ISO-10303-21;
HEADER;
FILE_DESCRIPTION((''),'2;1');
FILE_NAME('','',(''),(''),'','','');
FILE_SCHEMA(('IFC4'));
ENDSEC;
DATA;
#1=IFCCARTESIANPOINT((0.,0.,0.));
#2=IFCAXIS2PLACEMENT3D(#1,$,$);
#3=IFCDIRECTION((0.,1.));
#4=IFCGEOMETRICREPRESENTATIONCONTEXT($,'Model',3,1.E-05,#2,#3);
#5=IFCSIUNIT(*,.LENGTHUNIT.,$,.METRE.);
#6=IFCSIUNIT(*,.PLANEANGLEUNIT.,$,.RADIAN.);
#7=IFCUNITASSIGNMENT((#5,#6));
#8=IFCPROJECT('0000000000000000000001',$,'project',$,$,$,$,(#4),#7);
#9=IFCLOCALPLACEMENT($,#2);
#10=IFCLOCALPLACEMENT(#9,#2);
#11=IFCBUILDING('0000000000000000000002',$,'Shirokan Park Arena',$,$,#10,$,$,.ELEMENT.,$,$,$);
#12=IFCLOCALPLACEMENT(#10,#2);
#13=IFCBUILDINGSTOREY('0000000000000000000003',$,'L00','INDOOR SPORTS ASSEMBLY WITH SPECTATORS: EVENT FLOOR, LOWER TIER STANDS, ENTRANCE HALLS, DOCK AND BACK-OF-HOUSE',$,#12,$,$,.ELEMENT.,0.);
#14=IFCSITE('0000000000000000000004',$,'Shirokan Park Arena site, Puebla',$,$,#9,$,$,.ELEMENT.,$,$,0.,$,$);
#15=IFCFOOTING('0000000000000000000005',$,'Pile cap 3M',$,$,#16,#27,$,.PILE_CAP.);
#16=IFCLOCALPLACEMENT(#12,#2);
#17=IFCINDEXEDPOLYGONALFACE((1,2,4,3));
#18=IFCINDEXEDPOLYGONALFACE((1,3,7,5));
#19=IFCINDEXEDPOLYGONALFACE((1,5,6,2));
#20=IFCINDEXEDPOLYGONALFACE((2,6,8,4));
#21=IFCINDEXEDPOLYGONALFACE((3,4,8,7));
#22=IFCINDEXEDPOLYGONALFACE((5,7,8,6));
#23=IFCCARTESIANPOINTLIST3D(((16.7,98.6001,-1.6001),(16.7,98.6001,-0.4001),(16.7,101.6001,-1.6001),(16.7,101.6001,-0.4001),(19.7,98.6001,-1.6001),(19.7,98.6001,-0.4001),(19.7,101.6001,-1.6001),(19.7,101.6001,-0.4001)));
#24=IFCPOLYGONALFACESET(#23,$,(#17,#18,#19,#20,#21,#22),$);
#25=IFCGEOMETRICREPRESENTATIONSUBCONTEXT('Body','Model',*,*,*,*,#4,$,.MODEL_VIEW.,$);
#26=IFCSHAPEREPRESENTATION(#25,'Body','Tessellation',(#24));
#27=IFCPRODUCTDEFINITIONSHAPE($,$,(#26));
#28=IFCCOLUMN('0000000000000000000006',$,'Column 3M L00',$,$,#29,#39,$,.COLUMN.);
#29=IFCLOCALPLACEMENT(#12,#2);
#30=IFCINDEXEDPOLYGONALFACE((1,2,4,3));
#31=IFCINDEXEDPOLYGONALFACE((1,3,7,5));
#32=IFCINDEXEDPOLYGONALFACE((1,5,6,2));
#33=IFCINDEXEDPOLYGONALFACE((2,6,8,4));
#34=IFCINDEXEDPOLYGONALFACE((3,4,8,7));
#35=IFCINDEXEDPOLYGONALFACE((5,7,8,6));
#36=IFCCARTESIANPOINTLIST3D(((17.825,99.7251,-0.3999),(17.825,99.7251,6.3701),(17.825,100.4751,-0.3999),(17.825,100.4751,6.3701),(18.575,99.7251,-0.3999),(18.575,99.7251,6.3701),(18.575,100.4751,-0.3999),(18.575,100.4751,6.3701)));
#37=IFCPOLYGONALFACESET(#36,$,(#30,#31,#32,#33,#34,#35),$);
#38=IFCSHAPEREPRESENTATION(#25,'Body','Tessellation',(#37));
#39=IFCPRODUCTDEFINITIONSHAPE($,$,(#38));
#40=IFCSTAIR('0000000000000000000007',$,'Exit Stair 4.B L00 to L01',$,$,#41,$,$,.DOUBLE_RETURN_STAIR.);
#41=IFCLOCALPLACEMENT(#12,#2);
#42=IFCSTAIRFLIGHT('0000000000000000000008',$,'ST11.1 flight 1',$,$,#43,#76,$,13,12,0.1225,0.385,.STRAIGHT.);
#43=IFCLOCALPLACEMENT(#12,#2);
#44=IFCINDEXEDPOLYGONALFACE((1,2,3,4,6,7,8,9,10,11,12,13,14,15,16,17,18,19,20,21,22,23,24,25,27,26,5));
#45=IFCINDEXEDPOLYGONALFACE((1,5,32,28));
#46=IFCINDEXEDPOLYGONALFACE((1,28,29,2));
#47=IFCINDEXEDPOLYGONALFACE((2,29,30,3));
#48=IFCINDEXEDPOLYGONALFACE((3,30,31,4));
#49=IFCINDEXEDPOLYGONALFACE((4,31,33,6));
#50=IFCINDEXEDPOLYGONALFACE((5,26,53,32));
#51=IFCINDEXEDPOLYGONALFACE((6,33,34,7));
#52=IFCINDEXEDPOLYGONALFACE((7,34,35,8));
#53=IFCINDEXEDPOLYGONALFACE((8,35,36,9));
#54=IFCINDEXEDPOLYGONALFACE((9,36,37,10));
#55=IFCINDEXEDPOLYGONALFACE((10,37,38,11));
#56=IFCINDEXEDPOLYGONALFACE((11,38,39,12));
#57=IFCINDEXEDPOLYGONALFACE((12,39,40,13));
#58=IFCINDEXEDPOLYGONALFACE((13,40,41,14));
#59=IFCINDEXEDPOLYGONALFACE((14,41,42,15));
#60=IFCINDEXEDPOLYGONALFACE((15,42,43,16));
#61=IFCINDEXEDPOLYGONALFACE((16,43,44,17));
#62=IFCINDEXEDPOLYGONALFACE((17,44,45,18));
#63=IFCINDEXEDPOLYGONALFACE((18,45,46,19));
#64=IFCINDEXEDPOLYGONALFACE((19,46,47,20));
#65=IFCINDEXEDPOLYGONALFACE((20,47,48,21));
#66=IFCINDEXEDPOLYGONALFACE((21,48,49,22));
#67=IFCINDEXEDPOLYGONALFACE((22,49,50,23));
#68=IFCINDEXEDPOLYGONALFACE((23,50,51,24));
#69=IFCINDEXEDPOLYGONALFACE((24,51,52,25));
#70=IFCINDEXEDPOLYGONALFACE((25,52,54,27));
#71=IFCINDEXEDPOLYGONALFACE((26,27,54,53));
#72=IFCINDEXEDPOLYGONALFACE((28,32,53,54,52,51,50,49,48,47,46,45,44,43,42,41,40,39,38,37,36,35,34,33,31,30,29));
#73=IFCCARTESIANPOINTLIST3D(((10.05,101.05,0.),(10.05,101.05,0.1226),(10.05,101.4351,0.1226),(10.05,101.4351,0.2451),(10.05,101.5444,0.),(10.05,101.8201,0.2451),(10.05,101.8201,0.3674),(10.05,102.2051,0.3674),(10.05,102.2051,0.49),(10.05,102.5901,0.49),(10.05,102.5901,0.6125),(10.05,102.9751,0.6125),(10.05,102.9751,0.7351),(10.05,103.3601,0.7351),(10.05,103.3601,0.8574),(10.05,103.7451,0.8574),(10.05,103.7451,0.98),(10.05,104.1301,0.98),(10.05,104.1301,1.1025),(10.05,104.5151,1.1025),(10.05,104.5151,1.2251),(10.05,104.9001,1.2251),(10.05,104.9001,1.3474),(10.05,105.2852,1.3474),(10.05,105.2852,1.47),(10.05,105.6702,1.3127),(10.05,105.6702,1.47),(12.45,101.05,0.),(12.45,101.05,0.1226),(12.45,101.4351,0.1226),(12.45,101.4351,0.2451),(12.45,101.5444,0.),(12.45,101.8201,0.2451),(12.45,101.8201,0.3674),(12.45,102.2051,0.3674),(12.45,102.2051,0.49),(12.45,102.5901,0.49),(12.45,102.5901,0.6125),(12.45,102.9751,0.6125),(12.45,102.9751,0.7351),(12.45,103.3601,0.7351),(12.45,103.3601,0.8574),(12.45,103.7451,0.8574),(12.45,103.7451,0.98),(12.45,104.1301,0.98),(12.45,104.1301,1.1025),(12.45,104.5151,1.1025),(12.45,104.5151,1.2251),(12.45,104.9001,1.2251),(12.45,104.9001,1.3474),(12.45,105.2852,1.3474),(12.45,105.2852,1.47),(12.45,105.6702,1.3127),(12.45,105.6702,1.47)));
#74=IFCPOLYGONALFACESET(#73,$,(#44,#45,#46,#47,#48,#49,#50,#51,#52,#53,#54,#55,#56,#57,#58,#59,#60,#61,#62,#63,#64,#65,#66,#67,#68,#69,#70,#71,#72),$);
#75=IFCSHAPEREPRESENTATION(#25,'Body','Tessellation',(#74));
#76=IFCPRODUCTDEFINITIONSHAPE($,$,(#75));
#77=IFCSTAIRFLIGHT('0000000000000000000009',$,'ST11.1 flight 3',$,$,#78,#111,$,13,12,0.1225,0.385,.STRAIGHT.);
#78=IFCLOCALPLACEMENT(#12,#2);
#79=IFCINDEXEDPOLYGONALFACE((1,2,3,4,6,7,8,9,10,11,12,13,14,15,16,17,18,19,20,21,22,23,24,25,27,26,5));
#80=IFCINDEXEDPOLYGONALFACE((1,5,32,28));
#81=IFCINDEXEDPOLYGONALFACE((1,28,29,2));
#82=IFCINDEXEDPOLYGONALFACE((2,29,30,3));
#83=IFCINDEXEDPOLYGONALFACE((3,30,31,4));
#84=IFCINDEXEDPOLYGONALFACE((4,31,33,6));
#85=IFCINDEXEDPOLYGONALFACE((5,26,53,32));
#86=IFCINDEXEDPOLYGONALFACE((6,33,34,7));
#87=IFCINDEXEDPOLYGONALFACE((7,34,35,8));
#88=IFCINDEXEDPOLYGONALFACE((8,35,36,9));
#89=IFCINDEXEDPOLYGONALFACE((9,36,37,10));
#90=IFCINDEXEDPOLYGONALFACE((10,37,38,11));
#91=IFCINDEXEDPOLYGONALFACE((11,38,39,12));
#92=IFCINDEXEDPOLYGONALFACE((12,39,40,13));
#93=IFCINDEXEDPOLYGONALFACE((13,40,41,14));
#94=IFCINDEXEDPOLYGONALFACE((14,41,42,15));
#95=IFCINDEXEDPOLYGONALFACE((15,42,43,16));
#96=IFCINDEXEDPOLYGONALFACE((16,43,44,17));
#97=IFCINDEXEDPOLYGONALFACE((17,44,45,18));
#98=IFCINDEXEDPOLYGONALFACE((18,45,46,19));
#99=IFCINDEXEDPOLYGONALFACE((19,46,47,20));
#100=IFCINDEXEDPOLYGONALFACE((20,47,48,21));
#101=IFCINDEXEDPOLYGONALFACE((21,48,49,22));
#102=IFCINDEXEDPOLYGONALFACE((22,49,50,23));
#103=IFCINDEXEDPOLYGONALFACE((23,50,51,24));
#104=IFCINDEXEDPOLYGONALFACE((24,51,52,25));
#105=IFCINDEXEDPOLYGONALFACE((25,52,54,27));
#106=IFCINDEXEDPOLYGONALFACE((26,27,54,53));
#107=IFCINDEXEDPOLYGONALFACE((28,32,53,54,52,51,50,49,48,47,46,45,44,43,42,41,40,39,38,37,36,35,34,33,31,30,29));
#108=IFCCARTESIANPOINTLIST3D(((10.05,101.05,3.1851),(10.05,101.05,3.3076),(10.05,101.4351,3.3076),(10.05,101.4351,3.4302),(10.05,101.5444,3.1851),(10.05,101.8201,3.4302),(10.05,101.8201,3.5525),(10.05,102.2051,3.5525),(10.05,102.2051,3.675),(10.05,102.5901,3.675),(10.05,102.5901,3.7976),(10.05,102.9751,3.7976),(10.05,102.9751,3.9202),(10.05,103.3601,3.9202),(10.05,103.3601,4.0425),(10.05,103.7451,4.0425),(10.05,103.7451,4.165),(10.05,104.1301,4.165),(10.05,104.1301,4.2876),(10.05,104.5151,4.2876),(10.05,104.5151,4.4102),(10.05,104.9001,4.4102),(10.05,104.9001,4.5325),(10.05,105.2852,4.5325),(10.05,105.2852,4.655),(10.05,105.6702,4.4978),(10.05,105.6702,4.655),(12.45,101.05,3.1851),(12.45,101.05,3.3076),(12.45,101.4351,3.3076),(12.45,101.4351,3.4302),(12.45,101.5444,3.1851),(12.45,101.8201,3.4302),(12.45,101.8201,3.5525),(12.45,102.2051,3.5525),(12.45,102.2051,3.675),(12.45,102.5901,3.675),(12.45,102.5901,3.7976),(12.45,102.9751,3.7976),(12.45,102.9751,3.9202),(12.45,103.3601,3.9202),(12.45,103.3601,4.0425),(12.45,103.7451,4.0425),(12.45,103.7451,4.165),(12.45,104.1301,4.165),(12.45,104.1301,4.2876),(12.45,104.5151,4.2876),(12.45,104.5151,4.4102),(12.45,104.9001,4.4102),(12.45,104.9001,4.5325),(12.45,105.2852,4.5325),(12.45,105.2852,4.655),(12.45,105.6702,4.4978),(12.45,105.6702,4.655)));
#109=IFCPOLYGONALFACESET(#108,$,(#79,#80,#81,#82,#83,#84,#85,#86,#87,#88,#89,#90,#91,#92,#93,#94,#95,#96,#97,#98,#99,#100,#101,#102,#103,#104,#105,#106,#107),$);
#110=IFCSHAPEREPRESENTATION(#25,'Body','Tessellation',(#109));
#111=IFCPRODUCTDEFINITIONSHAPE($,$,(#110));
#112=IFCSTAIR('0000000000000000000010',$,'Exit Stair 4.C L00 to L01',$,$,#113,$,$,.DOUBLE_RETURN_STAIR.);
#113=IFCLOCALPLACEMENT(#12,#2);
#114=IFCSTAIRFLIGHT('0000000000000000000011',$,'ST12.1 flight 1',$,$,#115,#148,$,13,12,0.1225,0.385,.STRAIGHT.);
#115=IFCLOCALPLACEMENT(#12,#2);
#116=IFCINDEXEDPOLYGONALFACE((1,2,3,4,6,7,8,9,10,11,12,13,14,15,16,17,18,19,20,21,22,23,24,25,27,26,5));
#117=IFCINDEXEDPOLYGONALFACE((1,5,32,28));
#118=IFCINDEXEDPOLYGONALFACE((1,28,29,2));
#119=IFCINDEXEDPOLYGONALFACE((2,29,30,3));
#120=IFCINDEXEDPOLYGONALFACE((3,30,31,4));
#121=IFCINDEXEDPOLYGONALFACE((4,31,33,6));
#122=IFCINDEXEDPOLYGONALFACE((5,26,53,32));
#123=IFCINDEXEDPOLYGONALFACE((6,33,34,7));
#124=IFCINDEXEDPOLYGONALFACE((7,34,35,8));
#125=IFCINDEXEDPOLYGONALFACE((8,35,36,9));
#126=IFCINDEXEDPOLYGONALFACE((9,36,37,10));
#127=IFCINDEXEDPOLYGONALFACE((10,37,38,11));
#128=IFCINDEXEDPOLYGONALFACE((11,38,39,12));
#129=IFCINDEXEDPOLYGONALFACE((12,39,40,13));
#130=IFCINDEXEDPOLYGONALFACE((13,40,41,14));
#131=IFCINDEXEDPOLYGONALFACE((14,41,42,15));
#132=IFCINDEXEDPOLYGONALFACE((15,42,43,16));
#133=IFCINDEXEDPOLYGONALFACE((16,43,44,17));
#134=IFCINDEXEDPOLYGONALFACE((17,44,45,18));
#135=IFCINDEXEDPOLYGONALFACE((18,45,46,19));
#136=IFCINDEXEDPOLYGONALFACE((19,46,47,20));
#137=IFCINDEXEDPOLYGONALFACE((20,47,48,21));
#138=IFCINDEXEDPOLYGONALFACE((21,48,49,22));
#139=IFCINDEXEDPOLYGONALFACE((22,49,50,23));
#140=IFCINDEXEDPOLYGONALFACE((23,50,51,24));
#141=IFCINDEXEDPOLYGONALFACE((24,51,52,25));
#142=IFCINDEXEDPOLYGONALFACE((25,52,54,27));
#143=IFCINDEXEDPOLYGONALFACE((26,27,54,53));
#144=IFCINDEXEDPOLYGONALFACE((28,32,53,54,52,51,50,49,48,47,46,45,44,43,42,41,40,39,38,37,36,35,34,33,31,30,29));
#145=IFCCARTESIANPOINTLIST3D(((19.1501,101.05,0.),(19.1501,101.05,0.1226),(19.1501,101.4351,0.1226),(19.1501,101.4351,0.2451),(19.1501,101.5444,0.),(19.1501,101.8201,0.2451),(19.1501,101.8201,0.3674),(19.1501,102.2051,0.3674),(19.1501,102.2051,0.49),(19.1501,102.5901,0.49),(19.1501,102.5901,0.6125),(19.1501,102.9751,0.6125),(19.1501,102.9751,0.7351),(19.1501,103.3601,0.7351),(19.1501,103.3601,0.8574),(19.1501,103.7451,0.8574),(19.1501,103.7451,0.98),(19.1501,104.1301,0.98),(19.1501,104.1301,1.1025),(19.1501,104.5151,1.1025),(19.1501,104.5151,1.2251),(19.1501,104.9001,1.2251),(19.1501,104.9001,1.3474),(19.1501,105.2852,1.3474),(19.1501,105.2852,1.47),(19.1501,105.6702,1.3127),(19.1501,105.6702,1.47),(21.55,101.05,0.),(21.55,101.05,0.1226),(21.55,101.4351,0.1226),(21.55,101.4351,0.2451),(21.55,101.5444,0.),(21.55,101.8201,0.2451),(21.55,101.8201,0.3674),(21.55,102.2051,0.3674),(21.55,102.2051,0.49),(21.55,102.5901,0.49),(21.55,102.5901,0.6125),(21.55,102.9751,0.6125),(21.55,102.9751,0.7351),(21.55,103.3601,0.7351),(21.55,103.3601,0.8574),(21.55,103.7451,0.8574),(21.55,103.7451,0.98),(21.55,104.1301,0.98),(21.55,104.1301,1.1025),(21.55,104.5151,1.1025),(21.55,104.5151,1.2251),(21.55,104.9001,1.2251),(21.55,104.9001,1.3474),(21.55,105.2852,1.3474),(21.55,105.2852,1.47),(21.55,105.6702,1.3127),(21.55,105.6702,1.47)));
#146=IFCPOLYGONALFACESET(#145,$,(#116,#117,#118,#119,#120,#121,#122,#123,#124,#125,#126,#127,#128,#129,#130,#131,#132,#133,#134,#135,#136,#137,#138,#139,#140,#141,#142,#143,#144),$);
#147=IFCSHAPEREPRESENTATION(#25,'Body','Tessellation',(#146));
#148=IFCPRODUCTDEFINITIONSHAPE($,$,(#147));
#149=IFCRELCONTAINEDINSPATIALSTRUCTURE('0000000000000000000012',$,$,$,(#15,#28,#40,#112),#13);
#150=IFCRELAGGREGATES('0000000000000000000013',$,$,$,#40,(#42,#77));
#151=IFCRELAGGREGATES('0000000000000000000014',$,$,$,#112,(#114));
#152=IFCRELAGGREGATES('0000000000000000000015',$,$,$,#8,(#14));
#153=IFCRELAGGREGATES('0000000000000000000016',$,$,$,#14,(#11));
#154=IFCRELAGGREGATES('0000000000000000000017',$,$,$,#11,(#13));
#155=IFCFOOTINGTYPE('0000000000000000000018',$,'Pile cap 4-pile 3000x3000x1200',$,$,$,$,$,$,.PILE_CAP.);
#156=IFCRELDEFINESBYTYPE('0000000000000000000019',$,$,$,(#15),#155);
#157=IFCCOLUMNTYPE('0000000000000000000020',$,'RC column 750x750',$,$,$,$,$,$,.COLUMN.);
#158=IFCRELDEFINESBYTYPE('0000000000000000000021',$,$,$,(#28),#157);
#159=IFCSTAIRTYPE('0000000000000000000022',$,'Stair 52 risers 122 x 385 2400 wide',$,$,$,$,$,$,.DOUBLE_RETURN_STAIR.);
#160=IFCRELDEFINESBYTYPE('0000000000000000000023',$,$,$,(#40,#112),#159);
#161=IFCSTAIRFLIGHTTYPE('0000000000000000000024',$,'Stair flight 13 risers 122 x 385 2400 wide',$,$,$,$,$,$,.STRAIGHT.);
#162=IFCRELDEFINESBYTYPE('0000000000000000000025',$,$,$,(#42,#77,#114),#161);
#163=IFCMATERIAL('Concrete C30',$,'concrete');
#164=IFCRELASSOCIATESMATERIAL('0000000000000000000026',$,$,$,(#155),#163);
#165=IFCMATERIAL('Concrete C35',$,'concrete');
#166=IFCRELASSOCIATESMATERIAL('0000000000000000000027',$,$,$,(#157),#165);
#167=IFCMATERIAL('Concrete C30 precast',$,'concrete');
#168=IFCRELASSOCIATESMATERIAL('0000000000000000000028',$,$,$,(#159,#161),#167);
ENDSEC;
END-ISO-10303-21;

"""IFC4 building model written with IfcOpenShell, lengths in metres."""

from ifc_helpers import new_model, si_unit, direction, frame, origin, origin_2d, place, context, subcontext, project, spatial, polyline, rectangle, outline, extrude, material, material_profile, profile_set, type_object, element, aggregate, save


model = new_model("IFC4")

# Units and contexts
model_context = context("Model", 3, precision=1e-05, world=origin(), true_north=direction((0.0, 1.0)))
body_context = subcontext(model_context, "Body", "Model", "MODEL_VIEW")
ifc_project = project(units=[si_unit("LENGTHUNIT", "METRE"), si_unit("PLANEANGLEUNIT", "RADIAN")], contexts=[model_context])

# Site, building, storey
site_placement = place(None, origin())
site = spatial("IfcSite", under=ifc_project, at=site_placement, Name="Shirokan Park Arena site, Puebla", CompositionType="ELEMENT", RefElevation=0.0)
building_placement = place(site_placement, origin())
building = spatial("IfcBuilding", under=site, at=building_placement, Name="Shirokan Park Arena", CompositionType="ELEMENT")
storey_placement = place(building_placement, origin())
storey = spatial("IfcBuildingStorey", under=building, at=storey_placement, Name="L00", Description="INDOOR SPORTS ASSEMBLY WITH SPECTATORS: EVENT FLOOR, LOWER TIER STANDS, ENTRANCE HALLS, DOCK AND BACK-OF-HOUSE", CompositionType="ELEMENT", Elevation=0.0)

# Shared definitions
ifc_material_1 = material(Name="Concrete C30", Category="concrete")

# Footing
footing_type = type_object("IfcFootingType", Name="Pile cap 4-pile 3000x3000x1200", PredefinedType="PILE_CAP", material=ifc_material_1)
footing_placement = place(storey_placement, frame((18.2, 100.1001, -1.6001), z_axis=(0.0, 0.0, 1.0), x_axis=(1.0, 0.0, 0.0)))
element("IfcFooting", 1, at=footing_placement, inside=storey, type_object=footing_type, Name="Pile cap 3M", PredefinedType="PILE_CAP", context=body_context, shape_type="SweptSolid", body=[
    extrude(rectangle(XDim=3.0, YDim=3.0, at=origin_2d()), origin(), (0.0, 0.0, 1.0), 1.2),
])

# Column
ifc_material_2 = material(Name="Concrete C35", Category="concrete")
ifc_material_profile_1 = material_profile(ifc_material_2, rectangle(XDim=0.75, YDim=0.75, at=origin_2d()), Name="750x750")
ifc_profile_set_1 = profile_set([ifc_material_profile_1], Name="Concrete C35")
column_type = type_object("IfcColumnType", Name="RC column 750x750", PredefinedType="COLUMN", material=ifc_profile_set_1)
column_placement = place(storey_placement, frame((18.2, 100.1001, -0.3999), z_axis=(0.0, 0.0, 1.0), x_axis=(1.0, 0.0, 0.0)))
element("IfcColumn", 2, at=column_placement, inside=storey, type_object=column_type, Name="Column 3M L00", PredefinedType="COLUMN", context=body_context, shape_type="SweptSolid", body=[
    extrude(rectangle(XDim=0.75, YDim=0.75, at=origin_2d()), origin(), (0.0, 0.0, 1.0), 6.77),
])

# Stairs, stair flights
ifc_material_3 = material(Name="Concrete C30 precast", Category="concrete")
stair_type = type_object("IfcStairType", Name="Stair 52 risers 122 x 385 2400 wide", PredefinedType="DOUBLE_RETURN_STAIR", material=ifc_material_3)
stair_1_placement = place(storey_placement, origin())
stair_1 = element("IfcStair", 3, at=stair_1_placement, inside=storey, type_object=stair_type, Name="Exit Stair 4.B L00 to L01", PredefinedType="DOUBLE_RETURN_STAIR")
stair_flight_type = type_object("IfcStairFlightType", Name="Stair flight 13 risers 122 x 385 2400 wide", PredefinedType="STRAIGHT", material=ifc_material_3)
stair_flight_1_placement = place(storey_placement, frame((11.25, 101.05, 0.0), z_axis=(0.0, 0.0, 1.0), x_axis=(0.0, 1.0, 0.0)))
stair_flight_1 = element("IfcStairFlight", 4, at=stair_flight_1_placement, type_object=stair_flight_type, Name="ST11.1 flight 1", NumberOfRisers=13, NumberOfTreads=12, PredefinedType="STRAIGHT", RiserHeight=0.1225, TreadLength=0.385, context=body_context, shape_type="SweptSolid", body=[
    extrude(outline(polyline([(0.0, 0.0), (0.0, 0.1226), (0.385, 0.1226), (0.385, 0.2451), (0.77, 0.2451), (0.77, 0.3674), (1.155, 0.3674), (1.155, 0.49), (1.54, 0.49), (1.54, 0.6125), (1.925, 0.6125), (1.925, 0.7351), (2.3101, 0.7351), (2.3101, 0.8574), (2.6951, 0.8574), (2.6951, 0.98), (3.0801, 0.98), (3.0801, 1.1025), (3.4651, 1.1025), (3.4651, 1.2251), (3.8501, 1.2251), (3.8501, 1.3474), (4.2351, 1.3474), (4.2351, 1.47), (4.6201, 1.47), (4.6201, 1.5925), (4.6201, 1.3127), (0.4944, 0.0), (0.0, 0.0)])), frame((0.0, 1.2, 0.0), z_axis=(0.0, -1.0, 0.0), x_axis=(1.0, 0.0, 0.0)), (0.0, 0.0, 1.0), 2.3999),
])
stair_flight_2_placement = place(storey_placement, frame((11.25, 101.05, 3.1851), z_axis=(0.0, 0.0, 1.0), x_axis=(0.0, 1.0, 0.0)))
stair_flight_2 = element("IfcStairFlight", 5, at=stair_flight_2_placement, type_object=stair_flight_type, Name="ST11.1 flight 3", NumberOfRisers=13, NumberOfTreads=12, PredefinedType="STRAIGHT", RiserHeight=0.1225, TreadLength=0.385, context=body_context, shape_type="SweptSolid", body=[
    extrude(outline(polyline([(0.0, 0.0), (0.0, 0.1226), (0.385, 0.1226), (0.385, 0.2451), (0.77, 0.2451), (0.77, 0.3674), (1.155, 0.3674), (1.155, 0.49), (1.54, 0.49), (1.54, 0.6125), (1.925, 0.6125), (1.925, 0.7351), (2.3101, 0.7351), (2.3101, 0.8574), (2.6951, 0.8574), (2.6951, 0.98), (3.0801, 0.98), (3.0801, 1.1025), (3.4651, 1.1025), (3.4651, 1.2251), (3.8501, 1.2251), (3.8501, 1.3474), (4.2351, 1.3474), (4.2351, 1.47), (4.6201, 1.47), (4.6201, 1.5925), (4.6201, 1.3127), (0.4944, 0.0), (0.0, 0.0)])), frame((0.0, 1.2, 0.0), z_axis=(0.0, -1.0, 0.0), x_axis=(1.0, 0.0, 0.0)), (0.0, 0.0, 1.0), 2.3999),
])
aggregate(stair_1, [stair_flight_1, stair_flight_2])
stair_2_placement = place(storey_placement, origin())
stair_2 = element("IfcStair", 6, at=stair_2_placement, inside=storey, type_object=stair_type, Name="Exit Stair 4.C L00 to L01", PredefinedType="DOUBLE_RETURN_STAIR")
stair_flight_3_placement = place(storey_placement, frame((20.3501, 101.05, 0.0), z_axis=(0.0, 0.0, 1.0), x_axis=(0.0, 1.0, 0.0)))
stair_flight_3 = element("IfcStairFlight", 7, at=stair_flight_3_placement, type_object=stair_flight_type, Name="ST12.1 flight 1", NumberOfRisers=13, NumberOfTreads=12, PredefinedType="STRAIGHT", RiserHeight=0.1225, TreadLength=0.385, context=body_context, shape_type="SweptSolid", body=[
    extrude(outline(polyline([(0.0, 0.0), (0.0, 0.1226), (0.385, 0.1226), (0.385, 0.2451), (0.77, 0.2451), (0.77, 0.3674), (1.155, 0.3674), (1.155, 0.49), (1.54, 0.49), (1.54, 0.6125), (1.925, 0.6125), (1.925, 0.7351), (2.3101, 0.7351), (2.3101, 0.8574), (2.6951, 0.8574), (2.6951, 0.98), (3.0801, 0.98), (3.0801, 1.1025), (3.4651, 1.1025), (3.4651, 1.2251), (3.8501, 1.2251), (3.8501, 1.3474), (4.2351, 1.3474), (4.2351, 1.47), (4.6201, 1.47), (4.6201, 1.5925), (4.6201, 1.3127), (0.4944, 0.0), (0.0, 0.0)])), frame((0.0, 1.2, 0.0), z_axis=(0.0, -1.0, 0.0), x_axis=(1.0, 0.0, 0.0)), (0.0, 0.0, 1.0), 2.3999),
])
aggregate(stair_2, [stair_flight_3])

save(model, "model.ifc")
